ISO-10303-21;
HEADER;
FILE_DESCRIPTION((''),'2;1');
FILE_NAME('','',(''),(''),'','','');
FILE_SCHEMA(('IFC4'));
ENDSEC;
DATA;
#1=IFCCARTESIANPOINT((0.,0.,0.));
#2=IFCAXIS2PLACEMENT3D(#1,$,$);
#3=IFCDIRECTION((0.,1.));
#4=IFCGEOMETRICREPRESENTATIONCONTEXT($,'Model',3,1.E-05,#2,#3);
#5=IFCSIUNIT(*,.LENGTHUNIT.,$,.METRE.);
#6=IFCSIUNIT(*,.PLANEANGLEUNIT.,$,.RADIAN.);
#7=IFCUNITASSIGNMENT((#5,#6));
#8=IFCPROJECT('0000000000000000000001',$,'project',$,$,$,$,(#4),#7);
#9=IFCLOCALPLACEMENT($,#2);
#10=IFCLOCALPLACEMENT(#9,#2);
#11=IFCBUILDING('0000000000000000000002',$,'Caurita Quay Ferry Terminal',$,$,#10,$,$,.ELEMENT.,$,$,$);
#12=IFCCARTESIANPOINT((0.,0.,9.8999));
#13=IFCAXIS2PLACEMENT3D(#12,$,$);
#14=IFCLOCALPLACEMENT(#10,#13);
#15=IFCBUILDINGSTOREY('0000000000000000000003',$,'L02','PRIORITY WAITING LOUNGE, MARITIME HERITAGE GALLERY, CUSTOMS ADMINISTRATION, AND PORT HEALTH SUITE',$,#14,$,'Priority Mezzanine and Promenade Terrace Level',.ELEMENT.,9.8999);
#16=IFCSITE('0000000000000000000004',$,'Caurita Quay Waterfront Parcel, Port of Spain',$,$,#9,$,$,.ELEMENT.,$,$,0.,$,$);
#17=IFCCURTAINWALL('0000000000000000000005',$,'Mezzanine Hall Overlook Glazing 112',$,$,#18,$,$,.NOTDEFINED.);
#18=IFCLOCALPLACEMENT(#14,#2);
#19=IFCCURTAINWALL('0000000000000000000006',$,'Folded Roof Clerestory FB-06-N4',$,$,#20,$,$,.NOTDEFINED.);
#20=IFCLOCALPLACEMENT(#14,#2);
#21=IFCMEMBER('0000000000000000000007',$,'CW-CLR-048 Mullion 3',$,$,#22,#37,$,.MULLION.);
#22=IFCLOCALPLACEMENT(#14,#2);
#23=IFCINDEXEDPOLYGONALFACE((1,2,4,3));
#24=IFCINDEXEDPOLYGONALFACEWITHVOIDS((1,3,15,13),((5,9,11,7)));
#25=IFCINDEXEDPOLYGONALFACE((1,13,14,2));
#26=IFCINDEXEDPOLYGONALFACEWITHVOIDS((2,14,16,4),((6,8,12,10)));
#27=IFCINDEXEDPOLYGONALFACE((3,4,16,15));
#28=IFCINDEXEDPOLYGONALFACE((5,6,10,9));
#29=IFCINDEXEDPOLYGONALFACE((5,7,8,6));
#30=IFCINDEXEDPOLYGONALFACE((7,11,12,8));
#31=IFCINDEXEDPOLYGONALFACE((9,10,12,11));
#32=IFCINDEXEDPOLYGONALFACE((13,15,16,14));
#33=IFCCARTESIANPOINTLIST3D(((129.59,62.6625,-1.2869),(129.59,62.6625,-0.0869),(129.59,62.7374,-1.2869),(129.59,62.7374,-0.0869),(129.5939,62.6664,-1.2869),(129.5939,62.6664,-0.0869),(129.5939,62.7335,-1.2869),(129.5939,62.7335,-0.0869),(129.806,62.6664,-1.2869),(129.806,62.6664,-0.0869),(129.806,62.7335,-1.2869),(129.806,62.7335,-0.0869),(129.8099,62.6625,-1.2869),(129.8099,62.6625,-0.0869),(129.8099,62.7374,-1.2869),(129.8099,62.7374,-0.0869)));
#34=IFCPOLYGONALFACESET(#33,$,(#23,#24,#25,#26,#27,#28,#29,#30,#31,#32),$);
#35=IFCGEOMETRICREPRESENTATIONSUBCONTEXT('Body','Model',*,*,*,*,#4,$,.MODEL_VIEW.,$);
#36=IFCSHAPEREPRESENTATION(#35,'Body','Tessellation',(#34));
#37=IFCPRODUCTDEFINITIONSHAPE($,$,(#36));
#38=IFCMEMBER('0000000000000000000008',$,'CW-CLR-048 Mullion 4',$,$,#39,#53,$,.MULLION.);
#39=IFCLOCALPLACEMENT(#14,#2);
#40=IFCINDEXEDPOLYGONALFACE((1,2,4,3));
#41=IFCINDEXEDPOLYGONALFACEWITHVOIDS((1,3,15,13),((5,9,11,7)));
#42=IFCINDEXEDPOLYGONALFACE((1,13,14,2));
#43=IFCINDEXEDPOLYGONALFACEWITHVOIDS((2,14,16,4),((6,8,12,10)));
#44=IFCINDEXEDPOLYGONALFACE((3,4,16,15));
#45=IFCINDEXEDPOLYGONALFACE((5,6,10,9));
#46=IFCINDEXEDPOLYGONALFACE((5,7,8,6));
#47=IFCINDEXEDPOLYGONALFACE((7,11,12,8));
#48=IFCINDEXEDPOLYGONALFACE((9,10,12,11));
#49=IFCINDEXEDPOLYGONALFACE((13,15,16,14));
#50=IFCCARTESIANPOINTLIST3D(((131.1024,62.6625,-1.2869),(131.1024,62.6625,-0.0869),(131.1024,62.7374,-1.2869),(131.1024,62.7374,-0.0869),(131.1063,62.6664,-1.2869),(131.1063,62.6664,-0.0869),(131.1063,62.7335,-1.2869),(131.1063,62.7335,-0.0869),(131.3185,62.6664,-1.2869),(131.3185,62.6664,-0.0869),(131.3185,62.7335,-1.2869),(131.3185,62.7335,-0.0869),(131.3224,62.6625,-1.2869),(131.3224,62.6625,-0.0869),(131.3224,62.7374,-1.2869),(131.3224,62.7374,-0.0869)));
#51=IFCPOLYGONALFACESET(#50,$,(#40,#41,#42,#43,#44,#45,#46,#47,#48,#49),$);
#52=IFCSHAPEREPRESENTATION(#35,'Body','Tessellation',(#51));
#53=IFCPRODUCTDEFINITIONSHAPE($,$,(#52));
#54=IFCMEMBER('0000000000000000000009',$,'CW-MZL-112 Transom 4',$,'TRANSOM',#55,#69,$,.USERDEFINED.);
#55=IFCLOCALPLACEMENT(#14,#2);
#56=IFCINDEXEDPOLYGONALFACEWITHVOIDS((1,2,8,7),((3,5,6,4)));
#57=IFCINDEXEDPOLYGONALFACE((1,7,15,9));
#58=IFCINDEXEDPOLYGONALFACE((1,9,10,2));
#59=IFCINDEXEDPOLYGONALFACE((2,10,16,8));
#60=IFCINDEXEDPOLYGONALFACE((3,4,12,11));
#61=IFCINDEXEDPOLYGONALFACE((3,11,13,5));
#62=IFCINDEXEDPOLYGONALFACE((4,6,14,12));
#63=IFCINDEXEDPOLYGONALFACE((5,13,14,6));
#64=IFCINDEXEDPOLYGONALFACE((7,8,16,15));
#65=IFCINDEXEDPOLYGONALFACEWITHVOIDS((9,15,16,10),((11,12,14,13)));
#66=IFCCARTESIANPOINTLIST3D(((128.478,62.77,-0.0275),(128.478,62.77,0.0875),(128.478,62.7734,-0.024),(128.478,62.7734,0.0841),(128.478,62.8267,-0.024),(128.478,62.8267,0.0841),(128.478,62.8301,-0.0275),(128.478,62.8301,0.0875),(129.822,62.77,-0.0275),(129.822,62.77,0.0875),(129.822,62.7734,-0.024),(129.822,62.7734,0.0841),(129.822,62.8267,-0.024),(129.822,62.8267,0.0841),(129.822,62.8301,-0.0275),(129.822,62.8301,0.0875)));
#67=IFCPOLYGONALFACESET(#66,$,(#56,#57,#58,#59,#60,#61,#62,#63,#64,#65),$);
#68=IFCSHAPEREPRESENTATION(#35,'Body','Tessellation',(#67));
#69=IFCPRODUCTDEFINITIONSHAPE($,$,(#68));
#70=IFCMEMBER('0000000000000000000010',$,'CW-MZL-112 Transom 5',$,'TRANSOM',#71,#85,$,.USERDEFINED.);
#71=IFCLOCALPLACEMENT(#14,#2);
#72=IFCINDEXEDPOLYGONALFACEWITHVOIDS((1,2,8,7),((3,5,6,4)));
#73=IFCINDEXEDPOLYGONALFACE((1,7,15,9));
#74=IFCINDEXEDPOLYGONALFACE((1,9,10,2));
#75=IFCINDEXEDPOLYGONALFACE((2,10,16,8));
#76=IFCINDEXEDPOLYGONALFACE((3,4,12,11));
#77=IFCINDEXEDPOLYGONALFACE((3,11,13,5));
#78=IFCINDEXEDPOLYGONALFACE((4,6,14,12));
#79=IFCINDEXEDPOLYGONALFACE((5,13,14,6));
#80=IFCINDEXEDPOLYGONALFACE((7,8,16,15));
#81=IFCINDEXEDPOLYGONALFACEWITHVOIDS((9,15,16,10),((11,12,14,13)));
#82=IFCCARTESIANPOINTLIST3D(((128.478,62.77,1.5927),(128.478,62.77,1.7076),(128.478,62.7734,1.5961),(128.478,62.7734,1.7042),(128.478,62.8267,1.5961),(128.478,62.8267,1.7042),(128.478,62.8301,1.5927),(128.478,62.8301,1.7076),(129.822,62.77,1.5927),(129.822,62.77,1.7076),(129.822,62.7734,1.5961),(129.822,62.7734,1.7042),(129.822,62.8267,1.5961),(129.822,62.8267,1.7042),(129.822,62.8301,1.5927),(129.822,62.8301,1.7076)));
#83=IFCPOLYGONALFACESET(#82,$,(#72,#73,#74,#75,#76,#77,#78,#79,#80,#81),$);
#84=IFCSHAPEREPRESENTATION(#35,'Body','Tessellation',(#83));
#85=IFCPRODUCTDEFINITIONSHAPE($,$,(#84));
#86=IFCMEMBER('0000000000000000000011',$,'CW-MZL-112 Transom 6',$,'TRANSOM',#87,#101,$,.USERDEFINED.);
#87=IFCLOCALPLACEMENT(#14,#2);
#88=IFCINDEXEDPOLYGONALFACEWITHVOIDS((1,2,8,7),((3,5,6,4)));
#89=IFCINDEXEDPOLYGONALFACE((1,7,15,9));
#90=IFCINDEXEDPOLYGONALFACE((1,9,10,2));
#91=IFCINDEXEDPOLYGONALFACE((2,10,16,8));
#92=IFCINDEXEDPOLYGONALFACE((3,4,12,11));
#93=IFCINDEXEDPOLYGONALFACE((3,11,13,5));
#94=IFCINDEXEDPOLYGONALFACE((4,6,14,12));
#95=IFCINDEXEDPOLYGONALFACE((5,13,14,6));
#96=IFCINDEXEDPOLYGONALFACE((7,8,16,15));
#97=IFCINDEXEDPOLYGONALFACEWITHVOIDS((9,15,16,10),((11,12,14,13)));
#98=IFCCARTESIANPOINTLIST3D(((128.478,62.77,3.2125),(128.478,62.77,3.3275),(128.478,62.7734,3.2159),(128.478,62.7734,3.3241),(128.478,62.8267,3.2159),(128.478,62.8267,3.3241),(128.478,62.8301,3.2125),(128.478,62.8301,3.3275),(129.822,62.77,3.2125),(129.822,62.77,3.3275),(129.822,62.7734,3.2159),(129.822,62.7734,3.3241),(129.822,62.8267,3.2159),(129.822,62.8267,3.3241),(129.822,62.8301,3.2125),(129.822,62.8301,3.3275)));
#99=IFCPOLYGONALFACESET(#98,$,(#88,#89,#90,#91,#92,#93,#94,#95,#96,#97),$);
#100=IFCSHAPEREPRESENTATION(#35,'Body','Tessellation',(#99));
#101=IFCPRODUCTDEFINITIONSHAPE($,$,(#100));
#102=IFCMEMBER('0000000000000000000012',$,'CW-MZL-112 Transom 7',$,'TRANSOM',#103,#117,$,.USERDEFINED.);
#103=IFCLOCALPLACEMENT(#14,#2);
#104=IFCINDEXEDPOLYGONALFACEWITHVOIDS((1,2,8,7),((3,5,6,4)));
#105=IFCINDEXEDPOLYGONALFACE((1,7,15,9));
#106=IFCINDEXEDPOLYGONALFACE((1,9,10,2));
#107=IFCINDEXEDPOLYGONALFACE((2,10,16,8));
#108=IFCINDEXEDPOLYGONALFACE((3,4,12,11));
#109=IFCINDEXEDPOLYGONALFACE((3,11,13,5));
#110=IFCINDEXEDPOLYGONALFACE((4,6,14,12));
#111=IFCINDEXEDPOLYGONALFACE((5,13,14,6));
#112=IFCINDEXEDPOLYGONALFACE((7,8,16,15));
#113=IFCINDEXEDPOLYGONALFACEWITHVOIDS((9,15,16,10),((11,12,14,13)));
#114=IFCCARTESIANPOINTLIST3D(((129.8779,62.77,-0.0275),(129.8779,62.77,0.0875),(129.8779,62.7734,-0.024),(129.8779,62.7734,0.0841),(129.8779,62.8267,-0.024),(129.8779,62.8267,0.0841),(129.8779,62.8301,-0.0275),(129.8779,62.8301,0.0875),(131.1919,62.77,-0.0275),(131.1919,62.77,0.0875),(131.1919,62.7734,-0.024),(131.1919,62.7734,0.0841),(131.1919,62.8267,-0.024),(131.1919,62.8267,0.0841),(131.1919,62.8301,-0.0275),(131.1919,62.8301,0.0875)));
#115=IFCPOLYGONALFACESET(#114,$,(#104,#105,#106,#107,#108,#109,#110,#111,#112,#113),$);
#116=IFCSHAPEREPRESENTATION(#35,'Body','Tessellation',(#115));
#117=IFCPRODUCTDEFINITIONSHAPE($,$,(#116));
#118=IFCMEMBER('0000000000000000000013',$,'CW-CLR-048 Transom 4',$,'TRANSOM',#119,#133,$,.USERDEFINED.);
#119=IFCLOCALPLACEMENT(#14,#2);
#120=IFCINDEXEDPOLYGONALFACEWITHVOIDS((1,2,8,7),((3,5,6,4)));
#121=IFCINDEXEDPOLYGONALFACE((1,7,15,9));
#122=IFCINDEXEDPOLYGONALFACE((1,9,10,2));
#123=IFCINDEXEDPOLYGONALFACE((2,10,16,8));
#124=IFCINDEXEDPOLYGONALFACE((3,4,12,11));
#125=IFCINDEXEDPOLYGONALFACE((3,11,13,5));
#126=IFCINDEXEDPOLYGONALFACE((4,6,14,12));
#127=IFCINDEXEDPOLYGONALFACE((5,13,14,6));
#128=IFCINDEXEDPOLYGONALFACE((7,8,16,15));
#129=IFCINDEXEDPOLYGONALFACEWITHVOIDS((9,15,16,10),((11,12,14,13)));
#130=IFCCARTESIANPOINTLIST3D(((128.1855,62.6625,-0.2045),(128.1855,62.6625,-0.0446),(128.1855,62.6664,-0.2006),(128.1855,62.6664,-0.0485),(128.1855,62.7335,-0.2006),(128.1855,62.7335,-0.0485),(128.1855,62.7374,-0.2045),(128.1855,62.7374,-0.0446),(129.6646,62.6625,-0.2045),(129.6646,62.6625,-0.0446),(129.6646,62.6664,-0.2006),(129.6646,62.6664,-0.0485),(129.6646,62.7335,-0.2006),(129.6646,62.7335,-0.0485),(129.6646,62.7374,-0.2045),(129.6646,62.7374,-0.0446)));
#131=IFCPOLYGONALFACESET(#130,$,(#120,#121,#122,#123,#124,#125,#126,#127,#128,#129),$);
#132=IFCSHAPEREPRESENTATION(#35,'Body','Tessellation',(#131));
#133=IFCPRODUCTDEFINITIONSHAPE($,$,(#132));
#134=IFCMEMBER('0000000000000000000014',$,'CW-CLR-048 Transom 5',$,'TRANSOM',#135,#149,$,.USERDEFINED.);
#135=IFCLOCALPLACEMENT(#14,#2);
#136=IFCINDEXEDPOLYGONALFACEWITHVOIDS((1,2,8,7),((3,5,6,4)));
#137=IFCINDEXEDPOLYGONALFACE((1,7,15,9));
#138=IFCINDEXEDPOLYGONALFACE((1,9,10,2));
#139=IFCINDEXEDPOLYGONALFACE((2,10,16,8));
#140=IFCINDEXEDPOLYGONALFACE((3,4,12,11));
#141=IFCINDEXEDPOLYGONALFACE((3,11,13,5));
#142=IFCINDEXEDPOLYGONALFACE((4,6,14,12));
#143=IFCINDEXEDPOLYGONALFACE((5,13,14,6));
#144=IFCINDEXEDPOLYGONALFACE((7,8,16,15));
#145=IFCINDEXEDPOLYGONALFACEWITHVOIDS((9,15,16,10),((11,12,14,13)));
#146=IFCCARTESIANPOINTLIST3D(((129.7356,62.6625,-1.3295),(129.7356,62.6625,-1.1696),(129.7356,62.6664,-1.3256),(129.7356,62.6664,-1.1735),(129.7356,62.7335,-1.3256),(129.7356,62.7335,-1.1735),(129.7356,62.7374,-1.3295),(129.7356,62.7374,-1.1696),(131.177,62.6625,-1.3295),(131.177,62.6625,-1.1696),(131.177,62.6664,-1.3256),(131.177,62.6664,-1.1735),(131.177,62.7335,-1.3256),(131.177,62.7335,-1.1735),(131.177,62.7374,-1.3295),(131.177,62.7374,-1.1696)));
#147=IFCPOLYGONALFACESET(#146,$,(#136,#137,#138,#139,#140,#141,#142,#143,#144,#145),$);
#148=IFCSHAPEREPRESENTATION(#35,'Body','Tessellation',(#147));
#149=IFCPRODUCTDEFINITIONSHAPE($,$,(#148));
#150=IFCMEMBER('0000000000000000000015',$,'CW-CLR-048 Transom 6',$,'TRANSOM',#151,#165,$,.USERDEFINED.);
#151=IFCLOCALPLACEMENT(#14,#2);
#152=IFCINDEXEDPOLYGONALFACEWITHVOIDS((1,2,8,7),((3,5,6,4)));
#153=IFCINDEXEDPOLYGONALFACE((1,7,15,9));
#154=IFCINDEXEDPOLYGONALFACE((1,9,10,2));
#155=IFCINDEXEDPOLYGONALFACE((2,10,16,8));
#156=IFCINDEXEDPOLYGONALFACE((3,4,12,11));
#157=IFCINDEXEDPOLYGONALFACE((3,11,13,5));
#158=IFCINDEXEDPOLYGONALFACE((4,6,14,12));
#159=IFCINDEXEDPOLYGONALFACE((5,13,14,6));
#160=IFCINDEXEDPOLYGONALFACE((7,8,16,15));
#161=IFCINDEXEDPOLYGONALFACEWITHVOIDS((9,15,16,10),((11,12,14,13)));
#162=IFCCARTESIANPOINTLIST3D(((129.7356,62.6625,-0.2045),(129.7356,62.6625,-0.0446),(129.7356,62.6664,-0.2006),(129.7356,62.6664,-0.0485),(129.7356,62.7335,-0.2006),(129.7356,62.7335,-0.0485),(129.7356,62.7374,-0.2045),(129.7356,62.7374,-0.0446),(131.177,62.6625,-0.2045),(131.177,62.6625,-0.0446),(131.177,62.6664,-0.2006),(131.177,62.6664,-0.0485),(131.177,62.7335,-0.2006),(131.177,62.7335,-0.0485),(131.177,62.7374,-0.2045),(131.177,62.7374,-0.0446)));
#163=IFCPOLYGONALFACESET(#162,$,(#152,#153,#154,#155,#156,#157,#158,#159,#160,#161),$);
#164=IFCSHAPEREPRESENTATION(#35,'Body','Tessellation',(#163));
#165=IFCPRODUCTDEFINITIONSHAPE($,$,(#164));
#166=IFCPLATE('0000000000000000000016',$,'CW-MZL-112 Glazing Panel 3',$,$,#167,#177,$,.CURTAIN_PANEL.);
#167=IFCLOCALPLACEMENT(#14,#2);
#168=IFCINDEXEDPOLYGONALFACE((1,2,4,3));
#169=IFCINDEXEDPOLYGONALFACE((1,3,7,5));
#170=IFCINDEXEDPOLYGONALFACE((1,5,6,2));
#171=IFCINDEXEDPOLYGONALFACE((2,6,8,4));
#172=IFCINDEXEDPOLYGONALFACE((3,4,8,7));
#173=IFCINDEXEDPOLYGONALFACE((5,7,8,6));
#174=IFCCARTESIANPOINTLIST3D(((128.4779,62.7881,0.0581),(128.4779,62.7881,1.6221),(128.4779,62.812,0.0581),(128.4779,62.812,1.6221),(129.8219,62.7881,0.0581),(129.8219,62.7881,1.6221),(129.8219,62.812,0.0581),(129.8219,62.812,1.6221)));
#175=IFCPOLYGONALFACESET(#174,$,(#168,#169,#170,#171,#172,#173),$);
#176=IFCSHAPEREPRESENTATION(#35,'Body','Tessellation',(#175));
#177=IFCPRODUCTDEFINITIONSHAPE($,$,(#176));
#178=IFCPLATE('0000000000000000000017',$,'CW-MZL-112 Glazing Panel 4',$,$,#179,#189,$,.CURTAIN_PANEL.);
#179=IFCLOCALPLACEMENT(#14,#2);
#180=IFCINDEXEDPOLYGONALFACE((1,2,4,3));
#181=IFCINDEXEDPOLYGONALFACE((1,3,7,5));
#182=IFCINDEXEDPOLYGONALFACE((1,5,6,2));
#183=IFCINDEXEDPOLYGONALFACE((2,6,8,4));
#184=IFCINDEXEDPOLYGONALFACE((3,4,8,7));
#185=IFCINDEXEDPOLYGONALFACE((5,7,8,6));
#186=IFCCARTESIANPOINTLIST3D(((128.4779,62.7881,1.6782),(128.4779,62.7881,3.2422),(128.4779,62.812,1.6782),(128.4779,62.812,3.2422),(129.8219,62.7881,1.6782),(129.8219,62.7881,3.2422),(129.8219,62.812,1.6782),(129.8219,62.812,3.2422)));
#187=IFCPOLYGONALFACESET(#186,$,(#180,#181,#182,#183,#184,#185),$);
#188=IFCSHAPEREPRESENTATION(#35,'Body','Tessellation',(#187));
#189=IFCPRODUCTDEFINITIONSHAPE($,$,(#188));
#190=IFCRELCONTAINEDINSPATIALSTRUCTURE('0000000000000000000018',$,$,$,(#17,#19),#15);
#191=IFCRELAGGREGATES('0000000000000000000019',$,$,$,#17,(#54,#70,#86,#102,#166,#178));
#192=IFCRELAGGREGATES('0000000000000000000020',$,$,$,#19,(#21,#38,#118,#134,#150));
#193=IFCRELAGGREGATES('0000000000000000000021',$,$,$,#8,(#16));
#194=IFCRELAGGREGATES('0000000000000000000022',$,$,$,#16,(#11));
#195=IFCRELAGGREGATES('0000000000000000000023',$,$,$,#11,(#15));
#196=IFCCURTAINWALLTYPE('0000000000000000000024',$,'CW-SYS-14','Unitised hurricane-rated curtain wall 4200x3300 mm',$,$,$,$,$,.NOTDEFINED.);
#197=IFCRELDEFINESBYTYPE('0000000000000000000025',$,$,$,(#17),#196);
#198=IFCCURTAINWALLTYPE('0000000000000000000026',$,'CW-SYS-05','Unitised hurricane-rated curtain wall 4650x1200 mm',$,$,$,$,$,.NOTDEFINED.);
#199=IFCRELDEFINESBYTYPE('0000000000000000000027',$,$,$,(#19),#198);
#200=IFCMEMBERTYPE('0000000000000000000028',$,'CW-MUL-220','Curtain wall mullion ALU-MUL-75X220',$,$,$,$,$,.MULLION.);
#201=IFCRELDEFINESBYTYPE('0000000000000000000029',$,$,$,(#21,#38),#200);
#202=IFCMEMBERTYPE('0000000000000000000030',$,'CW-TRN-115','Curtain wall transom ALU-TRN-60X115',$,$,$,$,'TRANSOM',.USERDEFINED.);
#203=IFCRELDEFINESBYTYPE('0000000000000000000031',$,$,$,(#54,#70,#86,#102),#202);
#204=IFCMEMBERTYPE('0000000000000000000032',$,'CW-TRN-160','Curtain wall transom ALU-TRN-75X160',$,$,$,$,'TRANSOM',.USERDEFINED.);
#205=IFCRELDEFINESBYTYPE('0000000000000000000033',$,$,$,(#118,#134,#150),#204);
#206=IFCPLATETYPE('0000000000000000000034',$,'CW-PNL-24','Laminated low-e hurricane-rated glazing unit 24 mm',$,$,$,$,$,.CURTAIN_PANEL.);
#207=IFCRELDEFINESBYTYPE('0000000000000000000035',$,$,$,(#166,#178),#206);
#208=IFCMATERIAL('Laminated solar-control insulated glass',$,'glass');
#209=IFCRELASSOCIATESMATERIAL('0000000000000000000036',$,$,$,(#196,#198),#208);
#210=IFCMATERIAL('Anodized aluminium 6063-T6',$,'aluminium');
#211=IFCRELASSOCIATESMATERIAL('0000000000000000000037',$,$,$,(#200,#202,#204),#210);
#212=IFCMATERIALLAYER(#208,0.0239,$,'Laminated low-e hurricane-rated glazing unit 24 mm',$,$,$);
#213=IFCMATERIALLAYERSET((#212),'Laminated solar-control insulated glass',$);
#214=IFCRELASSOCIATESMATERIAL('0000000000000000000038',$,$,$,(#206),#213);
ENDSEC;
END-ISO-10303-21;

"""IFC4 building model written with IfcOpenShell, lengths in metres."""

from ifc_helpers import new_model, si_unit, direction, frame, origin, origin_2d, place, context, subcontext, project, spatial, rectangle, hollow_rectangle, extrude, material, layer, layer_set, material_profile, profile_set, type_object, element, aggregate, save


model = new_model("IFC4")

# Units and contexts
model_context = context("Model", 3, precision=1e-05, world=origin(), true_north=direction((0.0, 1.0)))
body_context = subcontext(model_context, "Body", "Model", "MODEL_VIEW")
ifc_project = project(units=[si_unit("LENGTHUNIT", "METRE"), si_unit("PLANEANGLEUNIT", "RADIAN")], contexts=[model_context])

# Site, building, storey
site_placement = place(None, origin())
site = spatial("IfcSite", under=ifc_project, at=site_placement, Name="Caurita Quay Waterfront Parcel, Port of Spain", CompositionType="ELEMENT", RefElevation=0.0)
building_placement = place(site_placement, origin())
building = spatial("IfcBuilding", under=site, at=building_placement, Name="Caurita Quay Ferry Terminal", CompositionType="ELEMENT")
storey_placement = place(building_placement, frame((0.0, 0.0, 9.8999)))
storey = spatial("IfcBuildingStorey", under=building, at=storey_placement, Name="L02", Description="PRIORITY WAITING LOUNGE, MARITIME HERITAGE GALLERY, CUSTOMS ADMINISTRATION, AND PORT HEALTH SUITE", LongName="Priority Mezzanine and Promenade Terrace Level", CompositionType="ELEMENT", Elevation=9.8999)

# Curtain walls, members
ifc_material_1 = material(Name="Laminated solar-control insulated glass", Category="glass")
curtain_wall_type_1 = type_object("IfcCurtainWallType", Name="CW-SYS-14", Description="Unitised hurricane-rated curtain wall 4200x3300 mm", PredefinedType="NOTDEFINED", material=ifc_material_1)
curtain_wall_1_placement = place(storey_placement, origin())
curtain_wall_1 = element("IfcCurtainWall", 1, at=curtain_wall_1_placement, inside=storey, type_object=curtain_wall_type_1, Name="Mezzanine Hall Overlook Glazing 112", PredefinedType="NOTDEFINED")
ifc_material_2 = material(Name="Anodized aluminium 6063-T6", Category="aluminium")
curtain_wall_type_2 = type_object("IfcCurtainWallType", Name="CW-SYS-05", Description="Unitised hurricane-rated curtain wall 4650x1200 mm", PredefinedType="NOTDEFINED", material=ifc_material_1)
curtain_wall_2_placement = place(storey_placement, origin())
curtain_wall_2 = element("IfcCurtainWall", 2, at=curtain_wall_2_placement, inside=storey, type_object=curtain_wall_type_2, Name="Folded Roof Clerestory FB-06-N4", PredefinedType="NOTDEFINED")
ifc_material_profile_1 = material_profile(ifc_material_2, hollow_rectangle(XDim=0.075, YDim=0.22, WallThickness=0.0039, at=origin_2d()), Name="ALU-MUL-75X220")
ifc_profile_set_1 = profile_set([ifc_material_profile_1], Name="Anodized aluminium 6063-T6")
member_type_1 = type_object("IfcMemberType", Name="CW-MUL-220", Description="Curtain wall mullion ALU-MUL-75X220", PredefinedType="MULLION", material=ifc_profile_set_1)
member_1_placement = place(storey_placement, frame((129.7, 62.7, -1.2869), z_axis=(0.0, 0.0, 1.0), x_axis=(0.0, 1.0, 0.0)))
member_1 = element("IfcMember", 3, at=member_1_placement, type_object=member_type_1, Name="CW-CLR-048 Mullion 3", PredefinedType="MULLION", context=body_context, shape_type="SweptSolid", body=[
    extrude(hollow_rectangle(XDim=0.075, YDim=0.22, WallThickness=0.0039, at=origin_2d()), origin(), (0.0, 0.0, 1.0), 1.2),
])
member_2_placement = place(storey_placement, frame((131.2124, 62.7, -1.2869), z_axis=(0.0, 0.0, 1.0), x_axis=(0.0, 1.0, 0.0)))
member_2 = element("IfcMember", 4, at=member_2_placement, type_object=member_type_1, Name="CW-CLR-048 Mullion 4", PredefinedType="MULLION", context=body_context, shape_type="SweptSolid", body=[
    extrude(hollow_rectangle(XDim=0.075, YDim=0.22, WallThickness=0.0039, at=origin_2d()), origin(), (0.0, 0.0, 1.0), 1.2),
])

# Members
ifc_material_profile_2 = material_profile(ifc_material_2, hollow_rectangle(XDim=0.0601, YDim=0.115, WallThickness=0.0034, at=origin_2d()), Name="ALU-TRN-60X115")
ifc_profile_set_2 = profile_set([ifc_material_profile_2], Name="Anodized aluminium 6063-T6")
member_type_2 = type_object("IfcMemberType", Name="CW-TRN-115", Description="Curtain wall transom ALU-TRN-60X115", ElementType="TRANSOM", PredefinedType="USERDEFINED", material=ifc_profile_set_2)
member_3_placement = place(storey_placement, frame((128.478, 62.8, 0.03), z_axis=(1.0, 0.0, 0.0), x_axis=(0.0, 1.0, 0.0)))
member_3 = element("IfcMember", 5, at=member_3_placement, type_object=member_type_2, Name="CW-MZL-112 Transom 4", ObjectType="TRANSOM", PredefinedType="USERDEFINED", context=body_context, shape_type="SweptSolid", body=[
    extrude(hollow_rectangle(XDim=0.0601, YDim=0.115, WallThickness=0.0034, at=origin_2d()), origin(), (0.0, 0.0, 1.0), 1.344),
])
member_4_placement = place(storey_placement, frame((128.478, 62.8, 1.6501), z_axis=(1.0, 0.0, 0.0), x_axis=(0.0, 1.0, 0.0)))
member_4 = element("IfcMember", 6, at=member_4_placement, type_object=member_type_2, Name="CW-MZL-112 Transom 5", ObjectType="TRANSOM", PredefinedType="USERDEFINED", context=body_context, shape_type="SweptSolid", body=[
    extrude(hollow_rectangle(XDim=0.0601, YDim=0.115, WallThickness=0.0034, at=origin_2d()), origin(), (0.0, 0.0, 1.0), 1.344),
])
member_5_placement = place(storey_placement, frame((128.478, 62.8, 3.27), z_axis=(1.0, 0.0, 0.0), x_axis=(0.0, 1.0, 0.0)))
member_5 = element("IfcMember", 7, at=member_5_placement, type_object=member_type_2, Name="CW-MZL-112 Transom 6", ObjectType="TRANSOM", PredefinedType="USERDEFINED", context=body_context, shape_type="SweptSolid", body=[
    extrude(hollow_rectangle(XDim=0.0601, YDim=0.115, WallThickness=0.0034, at=origin_2d()), origin(), (0.0, 0.0, 1.0), 1.344),
])
member_6_placement = place(storey_placement, frame((129.8779, 62.8, 0.03), z_axis=(1.0, 0.0, 0.0), x_axis=(0.0, 1.0, 0.0)))
member_6 = element("IfcMember", 8, at=member_6_placement, type_object=member_type_2, Name="CW-MZL-112 Transom 7", ObjectType="TRANSOM", PredefinedType="USERDEFINED", context=body_context, shape_type="SweptSolid", body=[
    extrude(hollow_rectangle(XDim=0.0601, YDim=0.115, WallThickness=0.0034, at=origin_2d()), origin(), (0.0, 0.0, 1.0), 1.314),
])
ifc_material_profile_3 = material_profile(ifc_material_2, hollow_rectangle(XDim=0.075, YDim=0.1599, WallThickness=0.0039, at=origin_2d()), Name="ALU-TRN-75X160")
ifc_profile_set_3 = profile_set([ifc_material_profile_3], Name="Anodized aluminium 6063-T6")
member_type_3 = type_object("IfcMemberType", Name="CW-TRN-160", Description="Curtain wall transom ALU-TRN-75X160", ElementType="TRANSOM", PredefinedType="USERDEFINED", material=ifc_profile_set_3)
member_7_placement = place(storey_placement, frame((128.1855, 62.7, -0.1245), z_axis=(1.0, 0.0, 0.0), x_axis=(0.0, 1.0, 0.0)))
member_7 = element("IfcMember", 9, at=member_7_placement, type_object=member_type_3, Name="CW-CLR-048 Transom 4", ObjectType="TRANSOM", PredefinedType="USERDEFINED", context=body_context, shape_type="SweptSolid", body=[
    extrude(hollow_rectangle(XDim=0.075, YDim=0.1599, WallThickness=0.0039, at=origin_2d()), origin(), (0.0, 0.0, 1.0), 1.479),
])
member_8_placement = place(storey_placement, frame((129.7356, 62.7, -1.2495), z_axis=(1.0, 0.0, 0.0), x_axis=(0.0, 1.0, 0.0)))
member_8 = element("IfcMember", 10, at=member_8_placement, type_object=member_type_3, Name="CW-CLR-048 Transom 5", ObjectType="TRANSOM", PredefinedType="USERDEFINED", context=body_context, shape_type="SweptSolid", body=[
    extrude(hollow_rectangle(XDim=0.075, YDim=0.1599, WallThickness=0.0039, at=origin_2d()), origin(), (0.0, 0.0, 1.0), 1.4414),
])
member_9_placement = place(storey_placement, frame((129.7356, 62.7, -0.1245), z_axis=(1.0, 0.0, 0.0), x_axis=(0.0, 1.0, 0.0)))
member_9 = element("IfcMember", 11, at=member_9_placement, type_object=member_type_3, Name="CW-CLR-048 Transom 6", ObjectType="TRANSOM", PredefinedType="USERDEFINED", context=body_context, shape_type="SweptSolid", body=[
    extrude(hollow_rectangle(XDim=0.075, YDim=0.1599, WallThickness=0.0039, at=origin_2d()), origin(), (0.0, 0.0, 1.0), 1.4414),
])

# Plates
ifc_layer_1 = layer(ifc_material_1, 0.0239, Name="Laminated low-e hurricane-rated glazing unit 24 mm")
ifc_layer_set_1 = layer_set([ifc_layer_1], Name="Laminated solar-control insulated glass")
plate_type_1 = type_object("IfcPlateType", Name="CW-PNL-24", Description="Laminated low-e hurricane-rated glazing unit 24 mm", PredefinedType="CURTAIN_PANEL", material=ifc_layer_set_1)
plate_1_placement = place(storey_placement, frame((129.1499, 62.8, 0.0581), z_axis=(0.0, 0.0, 1.0), x_axis=(1.0, 0.0, 0.0)))
plate_1 = element("IfcPlate", 12, at=plate_1_placement, type_object=plate_type_1, Name="CW-MZL-112 Glazing Panel 3", PredefinedType="CURTAIN_PANEL", context=body_context, shape_type="SweptSolid", body=[
    extrude(rectangle(XDim=1.344, YDim=0.0239, at=origin_2d()), origin(), (0.0, 0.0, 1.0), 1.564),
])
plate_2_placement = place(storey_placement, frame((129.1499, 62.8, 1.6782), z_axis=(0.0, 0.0, 1.0), x_axis=(1.0, 0.0, 0.0)))
plate_2 = element("IfcPlate", 13, at=plate_2_placement, type_object=plate_type_1, Name="CW-MZL-112 Glazing Panel 4", PredefinedType="CURTAIN_PANEL", context=body_context, shape_type="SweptSolid", body=[
    extrude(rectangle(XDim=1.344, YDim=0.0239, at=origin_2d()), origin(), (0.0, 0.0, 1.0), 1.564),
])
aggregate(curtain_wall_1, [member_3, member_4, member_5, member_6, plate_1, plate_2])
aggregate(curtain_wall_2, [member_1, member_2, member_7, member_8, member_9])

save(model, "model.ifc")
